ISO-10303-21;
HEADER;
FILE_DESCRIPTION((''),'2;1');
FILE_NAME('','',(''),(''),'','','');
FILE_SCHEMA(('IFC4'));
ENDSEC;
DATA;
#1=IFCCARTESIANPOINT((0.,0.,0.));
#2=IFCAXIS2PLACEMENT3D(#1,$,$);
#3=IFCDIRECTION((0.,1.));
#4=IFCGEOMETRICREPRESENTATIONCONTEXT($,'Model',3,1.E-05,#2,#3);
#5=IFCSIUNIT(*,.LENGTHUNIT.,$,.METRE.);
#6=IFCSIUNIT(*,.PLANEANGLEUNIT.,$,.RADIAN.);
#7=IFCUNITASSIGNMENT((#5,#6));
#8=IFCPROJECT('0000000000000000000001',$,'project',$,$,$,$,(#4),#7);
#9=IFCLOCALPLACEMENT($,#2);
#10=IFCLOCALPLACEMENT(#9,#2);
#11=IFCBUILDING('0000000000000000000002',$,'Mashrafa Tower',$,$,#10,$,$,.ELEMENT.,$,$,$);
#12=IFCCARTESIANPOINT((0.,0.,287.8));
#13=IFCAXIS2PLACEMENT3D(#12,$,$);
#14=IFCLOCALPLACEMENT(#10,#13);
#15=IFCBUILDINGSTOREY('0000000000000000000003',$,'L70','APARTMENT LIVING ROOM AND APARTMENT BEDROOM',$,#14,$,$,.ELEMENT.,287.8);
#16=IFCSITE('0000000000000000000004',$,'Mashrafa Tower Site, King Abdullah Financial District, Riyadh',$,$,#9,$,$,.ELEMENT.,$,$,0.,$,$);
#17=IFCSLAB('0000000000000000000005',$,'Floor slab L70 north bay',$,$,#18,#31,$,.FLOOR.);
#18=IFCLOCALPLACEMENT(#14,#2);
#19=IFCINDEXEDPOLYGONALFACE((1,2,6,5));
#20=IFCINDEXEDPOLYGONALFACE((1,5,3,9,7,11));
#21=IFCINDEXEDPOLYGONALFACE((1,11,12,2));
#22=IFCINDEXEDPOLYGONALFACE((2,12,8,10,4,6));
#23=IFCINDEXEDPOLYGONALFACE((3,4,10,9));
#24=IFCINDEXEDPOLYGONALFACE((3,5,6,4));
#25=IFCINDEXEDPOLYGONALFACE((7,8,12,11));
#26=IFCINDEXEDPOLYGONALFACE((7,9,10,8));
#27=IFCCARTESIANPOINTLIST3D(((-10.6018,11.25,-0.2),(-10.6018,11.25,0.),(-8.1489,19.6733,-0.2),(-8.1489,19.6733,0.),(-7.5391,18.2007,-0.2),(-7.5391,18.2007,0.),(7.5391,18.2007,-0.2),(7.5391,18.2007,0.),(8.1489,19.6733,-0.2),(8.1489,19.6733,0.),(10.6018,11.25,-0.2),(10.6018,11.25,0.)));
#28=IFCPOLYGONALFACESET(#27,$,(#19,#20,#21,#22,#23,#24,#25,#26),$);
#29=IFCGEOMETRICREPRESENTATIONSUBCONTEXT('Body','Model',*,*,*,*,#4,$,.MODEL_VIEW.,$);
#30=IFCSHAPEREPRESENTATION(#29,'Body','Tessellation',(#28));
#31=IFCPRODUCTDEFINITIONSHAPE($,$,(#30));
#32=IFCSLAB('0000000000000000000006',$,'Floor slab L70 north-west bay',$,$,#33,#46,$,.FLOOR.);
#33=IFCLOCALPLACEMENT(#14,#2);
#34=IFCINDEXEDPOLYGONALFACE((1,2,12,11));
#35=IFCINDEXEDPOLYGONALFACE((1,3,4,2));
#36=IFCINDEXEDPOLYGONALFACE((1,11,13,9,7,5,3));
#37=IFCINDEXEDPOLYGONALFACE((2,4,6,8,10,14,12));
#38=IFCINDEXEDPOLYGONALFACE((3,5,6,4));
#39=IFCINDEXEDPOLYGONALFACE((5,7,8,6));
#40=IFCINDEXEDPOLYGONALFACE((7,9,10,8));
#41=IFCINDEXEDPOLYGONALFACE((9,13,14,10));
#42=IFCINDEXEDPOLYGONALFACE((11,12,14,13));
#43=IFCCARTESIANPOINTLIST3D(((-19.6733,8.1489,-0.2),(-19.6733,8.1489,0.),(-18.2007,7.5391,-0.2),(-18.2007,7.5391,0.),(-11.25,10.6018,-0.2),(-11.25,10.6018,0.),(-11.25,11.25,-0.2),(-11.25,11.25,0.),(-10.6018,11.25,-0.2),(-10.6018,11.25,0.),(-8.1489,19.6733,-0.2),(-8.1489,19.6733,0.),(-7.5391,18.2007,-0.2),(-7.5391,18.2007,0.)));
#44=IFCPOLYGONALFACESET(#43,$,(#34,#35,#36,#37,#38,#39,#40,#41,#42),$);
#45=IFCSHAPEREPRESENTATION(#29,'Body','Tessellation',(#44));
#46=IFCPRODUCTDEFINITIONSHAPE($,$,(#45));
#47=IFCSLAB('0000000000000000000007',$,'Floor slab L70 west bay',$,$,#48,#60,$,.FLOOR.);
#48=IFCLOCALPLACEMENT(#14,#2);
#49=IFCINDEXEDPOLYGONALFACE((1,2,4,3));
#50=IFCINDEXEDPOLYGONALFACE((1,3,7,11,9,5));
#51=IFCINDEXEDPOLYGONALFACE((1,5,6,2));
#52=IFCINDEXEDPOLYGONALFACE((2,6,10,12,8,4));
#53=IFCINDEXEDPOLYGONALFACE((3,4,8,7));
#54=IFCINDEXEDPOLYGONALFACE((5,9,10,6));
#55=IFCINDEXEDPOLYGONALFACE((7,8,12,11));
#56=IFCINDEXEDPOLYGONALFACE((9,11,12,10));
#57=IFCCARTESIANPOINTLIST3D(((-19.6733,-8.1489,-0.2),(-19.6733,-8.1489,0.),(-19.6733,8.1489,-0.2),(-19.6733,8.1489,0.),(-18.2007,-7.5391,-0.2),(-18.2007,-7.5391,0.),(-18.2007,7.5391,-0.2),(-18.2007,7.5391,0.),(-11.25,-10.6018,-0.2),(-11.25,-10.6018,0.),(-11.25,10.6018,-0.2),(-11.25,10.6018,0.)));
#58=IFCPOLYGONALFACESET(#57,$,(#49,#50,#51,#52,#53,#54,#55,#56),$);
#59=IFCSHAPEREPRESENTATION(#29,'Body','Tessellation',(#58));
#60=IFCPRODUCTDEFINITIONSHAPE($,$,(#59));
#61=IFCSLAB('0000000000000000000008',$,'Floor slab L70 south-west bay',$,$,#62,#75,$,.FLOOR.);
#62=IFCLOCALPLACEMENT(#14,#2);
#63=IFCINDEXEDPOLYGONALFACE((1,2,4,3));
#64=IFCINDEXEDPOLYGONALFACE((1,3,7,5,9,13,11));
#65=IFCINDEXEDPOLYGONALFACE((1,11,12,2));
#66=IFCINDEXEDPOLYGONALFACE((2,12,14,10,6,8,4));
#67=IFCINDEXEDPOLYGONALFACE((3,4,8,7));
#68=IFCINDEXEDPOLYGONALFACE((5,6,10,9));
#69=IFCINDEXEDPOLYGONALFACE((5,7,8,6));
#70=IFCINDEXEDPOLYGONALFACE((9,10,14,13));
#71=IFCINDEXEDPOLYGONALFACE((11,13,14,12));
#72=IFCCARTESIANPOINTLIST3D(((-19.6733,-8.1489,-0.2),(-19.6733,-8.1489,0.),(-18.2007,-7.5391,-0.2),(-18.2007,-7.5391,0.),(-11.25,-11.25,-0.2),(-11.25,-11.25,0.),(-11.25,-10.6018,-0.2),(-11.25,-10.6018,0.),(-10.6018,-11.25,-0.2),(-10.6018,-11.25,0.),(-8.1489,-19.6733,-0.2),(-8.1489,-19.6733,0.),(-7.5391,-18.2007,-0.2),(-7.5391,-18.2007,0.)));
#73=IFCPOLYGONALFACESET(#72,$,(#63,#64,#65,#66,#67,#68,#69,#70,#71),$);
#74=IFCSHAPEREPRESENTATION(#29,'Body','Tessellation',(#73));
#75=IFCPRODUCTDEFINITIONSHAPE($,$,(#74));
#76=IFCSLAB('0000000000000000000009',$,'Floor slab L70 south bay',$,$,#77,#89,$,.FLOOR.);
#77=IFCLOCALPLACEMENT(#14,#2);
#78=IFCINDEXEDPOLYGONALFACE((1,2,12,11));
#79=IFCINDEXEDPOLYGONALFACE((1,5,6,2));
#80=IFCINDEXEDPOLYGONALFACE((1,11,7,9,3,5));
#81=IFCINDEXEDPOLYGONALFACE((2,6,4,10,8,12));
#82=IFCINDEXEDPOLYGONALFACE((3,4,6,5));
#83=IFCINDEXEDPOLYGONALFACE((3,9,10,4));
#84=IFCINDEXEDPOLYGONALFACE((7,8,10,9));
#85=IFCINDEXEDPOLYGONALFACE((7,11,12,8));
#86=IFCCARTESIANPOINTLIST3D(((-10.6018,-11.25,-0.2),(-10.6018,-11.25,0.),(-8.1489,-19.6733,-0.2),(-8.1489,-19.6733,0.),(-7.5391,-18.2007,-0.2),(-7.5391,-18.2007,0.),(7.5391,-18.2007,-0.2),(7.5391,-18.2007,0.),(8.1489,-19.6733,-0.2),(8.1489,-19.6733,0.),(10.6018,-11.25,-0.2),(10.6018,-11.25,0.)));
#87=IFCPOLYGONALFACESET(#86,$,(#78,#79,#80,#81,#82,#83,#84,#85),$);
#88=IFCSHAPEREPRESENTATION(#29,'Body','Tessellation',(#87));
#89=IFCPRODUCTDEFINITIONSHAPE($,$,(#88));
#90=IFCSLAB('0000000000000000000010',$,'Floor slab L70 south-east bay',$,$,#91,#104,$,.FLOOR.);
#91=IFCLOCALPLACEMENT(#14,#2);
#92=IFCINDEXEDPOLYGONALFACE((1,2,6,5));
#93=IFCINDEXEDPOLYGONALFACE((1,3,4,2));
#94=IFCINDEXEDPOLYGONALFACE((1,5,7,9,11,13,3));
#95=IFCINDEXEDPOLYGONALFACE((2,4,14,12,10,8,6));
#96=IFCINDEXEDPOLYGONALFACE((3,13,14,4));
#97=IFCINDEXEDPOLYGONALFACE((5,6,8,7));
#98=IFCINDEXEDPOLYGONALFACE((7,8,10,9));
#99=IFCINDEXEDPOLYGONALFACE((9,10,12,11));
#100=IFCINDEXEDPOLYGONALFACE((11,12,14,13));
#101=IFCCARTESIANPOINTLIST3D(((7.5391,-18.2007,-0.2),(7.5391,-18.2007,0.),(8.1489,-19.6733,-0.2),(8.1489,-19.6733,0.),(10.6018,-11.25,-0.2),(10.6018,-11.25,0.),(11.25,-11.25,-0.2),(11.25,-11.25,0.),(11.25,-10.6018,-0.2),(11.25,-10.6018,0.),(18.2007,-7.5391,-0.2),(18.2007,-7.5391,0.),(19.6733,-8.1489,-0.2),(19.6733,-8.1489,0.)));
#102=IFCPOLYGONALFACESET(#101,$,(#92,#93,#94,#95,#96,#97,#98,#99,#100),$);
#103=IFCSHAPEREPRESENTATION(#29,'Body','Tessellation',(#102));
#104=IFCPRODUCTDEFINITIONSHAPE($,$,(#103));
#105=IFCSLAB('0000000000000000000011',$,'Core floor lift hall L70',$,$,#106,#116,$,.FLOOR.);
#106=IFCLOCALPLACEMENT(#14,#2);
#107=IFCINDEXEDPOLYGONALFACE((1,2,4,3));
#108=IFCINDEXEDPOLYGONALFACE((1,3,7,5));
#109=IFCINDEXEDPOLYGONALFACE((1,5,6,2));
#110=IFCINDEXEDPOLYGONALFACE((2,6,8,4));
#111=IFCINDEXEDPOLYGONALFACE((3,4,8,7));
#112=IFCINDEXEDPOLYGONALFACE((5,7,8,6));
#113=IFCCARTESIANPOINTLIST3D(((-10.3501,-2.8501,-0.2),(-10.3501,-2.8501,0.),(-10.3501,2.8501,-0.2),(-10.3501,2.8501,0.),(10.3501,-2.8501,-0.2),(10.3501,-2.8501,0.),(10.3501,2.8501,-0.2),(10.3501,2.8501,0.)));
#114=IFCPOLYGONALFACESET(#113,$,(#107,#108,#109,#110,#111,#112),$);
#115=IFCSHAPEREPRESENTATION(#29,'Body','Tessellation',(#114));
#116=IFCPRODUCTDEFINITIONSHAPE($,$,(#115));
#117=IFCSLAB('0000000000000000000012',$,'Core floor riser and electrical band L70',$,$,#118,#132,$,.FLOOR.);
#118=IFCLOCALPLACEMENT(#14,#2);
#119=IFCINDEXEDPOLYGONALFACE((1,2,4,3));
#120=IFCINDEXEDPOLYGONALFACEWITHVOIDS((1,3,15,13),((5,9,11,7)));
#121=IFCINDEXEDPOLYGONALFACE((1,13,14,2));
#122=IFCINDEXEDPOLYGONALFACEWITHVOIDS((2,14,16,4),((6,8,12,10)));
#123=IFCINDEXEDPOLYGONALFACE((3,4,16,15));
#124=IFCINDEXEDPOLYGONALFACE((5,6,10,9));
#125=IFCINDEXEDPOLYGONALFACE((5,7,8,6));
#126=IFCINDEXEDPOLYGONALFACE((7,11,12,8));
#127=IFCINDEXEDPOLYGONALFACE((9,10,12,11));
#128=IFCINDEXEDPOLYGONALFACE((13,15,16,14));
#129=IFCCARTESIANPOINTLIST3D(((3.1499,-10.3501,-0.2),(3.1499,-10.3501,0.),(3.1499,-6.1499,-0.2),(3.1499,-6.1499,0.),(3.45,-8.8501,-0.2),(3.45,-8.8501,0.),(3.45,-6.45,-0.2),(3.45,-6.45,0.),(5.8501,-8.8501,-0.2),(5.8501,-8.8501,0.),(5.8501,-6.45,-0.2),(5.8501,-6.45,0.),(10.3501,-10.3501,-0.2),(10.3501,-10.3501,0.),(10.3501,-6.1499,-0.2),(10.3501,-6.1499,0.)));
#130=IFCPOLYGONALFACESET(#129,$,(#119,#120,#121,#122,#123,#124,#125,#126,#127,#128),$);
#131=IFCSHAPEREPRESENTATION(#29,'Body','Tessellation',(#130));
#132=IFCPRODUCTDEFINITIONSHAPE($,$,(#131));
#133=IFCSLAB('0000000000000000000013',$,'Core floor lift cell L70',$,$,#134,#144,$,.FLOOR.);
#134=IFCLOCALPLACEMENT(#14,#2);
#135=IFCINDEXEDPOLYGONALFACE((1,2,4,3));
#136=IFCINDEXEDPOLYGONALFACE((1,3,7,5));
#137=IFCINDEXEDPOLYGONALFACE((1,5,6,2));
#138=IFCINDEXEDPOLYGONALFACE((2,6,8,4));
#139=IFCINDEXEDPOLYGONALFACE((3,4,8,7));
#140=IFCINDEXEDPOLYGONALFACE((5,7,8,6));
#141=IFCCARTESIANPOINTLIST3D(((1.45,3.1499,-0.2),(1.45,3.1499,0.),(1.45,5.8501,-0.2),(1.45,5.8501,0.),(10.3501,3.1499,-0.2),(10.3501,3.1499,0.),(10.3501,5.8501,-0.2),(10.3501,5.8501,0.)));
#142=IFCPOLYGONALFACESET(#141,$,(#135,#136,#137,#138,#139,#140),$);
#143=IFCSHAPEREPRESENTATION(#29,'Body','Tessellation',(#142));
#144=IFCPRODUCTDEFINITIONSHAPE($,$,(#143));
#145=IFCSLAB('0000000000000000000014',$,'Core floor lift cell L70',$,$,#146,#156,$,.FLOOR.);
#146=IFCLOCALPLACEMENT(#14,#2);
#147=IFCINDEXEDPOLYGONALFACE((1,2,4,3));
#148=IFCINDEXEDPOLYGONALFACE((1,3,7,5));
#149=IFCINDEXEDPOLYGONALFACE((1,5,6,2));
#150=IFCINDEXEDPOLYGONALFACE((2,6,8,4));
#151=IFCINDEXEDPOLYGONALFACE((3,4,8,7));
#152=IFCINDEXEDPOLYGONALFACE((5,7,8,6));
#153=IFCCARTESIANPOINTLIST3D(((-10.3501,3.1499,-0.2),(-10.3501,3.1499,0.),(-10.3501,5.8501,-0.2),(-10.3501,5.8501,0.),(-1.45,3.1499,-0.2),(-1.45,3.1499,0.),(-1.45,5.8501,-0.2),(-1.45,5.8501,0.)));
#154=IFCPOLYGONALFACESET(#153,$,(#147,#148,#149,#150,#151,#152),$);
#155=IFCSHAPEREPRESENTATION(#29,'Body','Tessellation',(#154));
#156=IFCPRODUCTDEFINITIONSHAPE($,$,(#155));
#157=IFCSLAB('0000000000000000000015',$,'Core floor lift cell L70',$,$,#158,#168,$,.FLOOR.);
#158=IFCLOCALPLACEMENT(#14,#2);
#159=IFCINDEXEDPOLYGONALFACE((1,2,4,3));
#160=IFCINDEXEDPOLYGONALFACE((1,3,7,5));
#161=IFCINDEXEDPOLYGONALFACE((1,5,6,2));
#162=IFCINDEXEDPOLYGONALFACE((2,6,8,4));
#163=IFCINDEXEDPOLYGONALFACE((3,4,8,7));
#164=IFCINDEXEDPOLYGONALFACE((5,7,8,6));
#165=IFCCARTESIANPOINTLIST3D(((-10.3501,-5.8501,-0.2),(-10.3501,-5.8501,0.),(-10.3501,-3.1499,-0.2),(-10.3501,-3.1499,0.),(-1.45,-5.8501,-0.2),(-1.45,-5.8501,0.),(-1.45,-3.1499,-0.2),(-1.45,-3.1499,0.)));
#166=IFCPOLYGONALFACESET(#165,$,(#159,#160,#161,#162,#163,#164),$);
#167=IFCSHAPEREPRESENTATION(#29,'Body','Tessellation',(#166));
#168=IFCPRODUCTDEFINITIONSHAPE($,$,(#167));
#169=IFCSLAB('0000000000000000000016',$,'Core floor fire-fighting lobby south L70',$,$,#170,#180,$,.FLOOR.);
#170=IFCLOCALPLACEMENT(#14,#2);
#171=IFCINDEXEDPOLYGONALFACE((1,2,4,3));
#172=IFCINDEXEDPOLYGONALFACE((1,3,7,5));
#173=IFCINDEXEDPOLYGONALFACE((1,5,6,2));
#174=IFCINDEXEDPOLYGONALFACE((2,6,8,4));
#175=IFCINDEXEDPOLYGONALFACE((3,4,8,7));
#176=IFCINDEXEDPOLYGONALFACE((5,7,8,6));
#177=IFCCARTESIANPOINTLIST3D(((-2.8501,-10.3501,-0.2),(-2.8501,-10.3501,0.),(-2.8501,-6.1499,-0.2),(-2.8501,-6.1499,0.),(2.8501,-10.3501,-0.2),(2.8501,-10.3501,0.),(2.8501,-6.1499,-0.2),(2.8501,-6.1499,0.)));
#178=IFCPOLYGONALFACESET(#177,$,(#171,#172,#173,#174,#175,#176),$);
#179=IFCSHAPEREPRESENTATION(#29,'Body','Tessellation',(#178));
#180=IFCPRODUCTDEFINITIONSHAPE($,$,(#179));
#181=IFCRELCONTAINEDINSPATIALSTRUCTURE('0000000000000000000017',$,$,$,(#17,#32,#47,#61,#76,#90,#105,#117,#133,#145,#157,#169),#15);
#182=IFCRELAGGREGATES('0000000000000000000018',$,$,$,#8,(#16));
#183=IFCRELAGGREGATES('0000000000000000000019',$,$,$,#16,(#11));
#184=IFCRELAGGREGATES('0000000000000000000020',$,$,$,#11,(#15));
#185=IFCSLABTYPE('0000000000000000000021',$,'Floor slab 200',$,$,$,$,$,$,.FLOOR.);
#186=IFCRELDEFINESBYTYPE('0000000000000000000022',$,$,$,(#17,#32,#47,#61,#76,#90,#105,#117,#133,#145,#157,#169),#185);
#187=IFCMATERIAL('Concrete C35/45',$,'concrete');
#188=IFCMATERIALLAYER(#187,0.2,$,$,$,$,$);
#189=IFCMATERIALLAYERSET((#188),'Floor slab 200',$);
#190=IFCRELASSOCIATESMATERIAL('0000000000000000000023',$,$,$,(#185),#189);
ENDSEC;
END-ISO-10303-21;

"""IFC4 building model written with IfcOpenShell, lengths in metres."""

from ifc_helpers import new_model, si_unit, direction, frame, origin, place, context, subcontext, project, spatial, polyline, outline, extrude, material, layer, layer_set, type_object, element, save


model = new_model("IFC4")

# Units and contexts
model_context = context("Model", 3, precision=1e-05, world=origin(), true_north=direction((0.0, 1.0)))
body_context = subcontext(model_context, "Body", "Model", "MODEL_VIEW")
ifc_project = project(units=[si_unit("LENGTHUNIT", "METRE"), si_unit("PLANEANGLEUNIT", "RADIAN")], contexts=[model_context])

# Site, building, storey
site_placement = place(None, origin())
site = spatial("IfcSite", under=ifc_project, at=site_placement, Name="Mashrafa Tower Site, King Abdullah Financial District, Riyadh", CompositionType="ELEMENT", RefElevation=0.0)
building_placement = place(site_placement, origin())
building = spatial("IfcBuilding", under=site, at=building_placement, Name="Mashrafa Tower", CompositionType="ELEMENT")
storey_placement = place(building_placement, frame((0.0, 0.0, 287.8)))
storey = spatial("IfcBuildingStorey", under=building, at=storey_placement, Name="L70", Description="APARTMENT LIVING ROOM AND APARTMENT BEDROOM", CompositionType="ELEMENT", Elevation=287.8)

# Slabs
ifc_material_1 = material(Name="Concrete C35/45", Category="concrete")
ifc_layer_1 = layer(ifc_material_1, 0.2)
ifc_layer_set_1 = layer_set([ifc_layer_1], Name="Floor slab 200")
slab_type = type_object("IfcSlabType", Name="Floor slab 200", PredefinedType="FLOOR", material=ifc_layer_set_1)
slab_1_placement = place(storey_placement, frame((0.0, 0.0, -0.2)))
element("IfcSlab", 1, at=slab_1_placement, inside=storey, type_object=slab_type, Name="Floor slab L70 north bay", PredefinedType="FLOOR", context=body_context, shape_type="SweptSolid", body=[
    extrude(outline(polyline([(-8.1489, 19.6733), (8.1489, 19.6733), (8.1489, 19.6733), (7.5391, 18.2007), (10.6018, 11.25), (-10.6018, 11.25), (-7.5391, 18.2007), (-8.1489, 19.6733), (-8.1489, 19.6733)])), origin(), (0.0, 0.0, 1.0), 0.2),
])
slab_2_placement = place(storey_placement, frame((0.0, 0.0, -0.2)))
element("IfcSlab", 2, at=slab_2_placement, inside=storey, type_object=slab_type, Name="Floor slab L70 north-west bay", PredefinedType="FLOOR", context=body_context, shape_type="SweptSolid", body=[
    extrude(outline(polyline([(-8.1489, 19.6733), (-7.5391, 18.2007), (-10.6018, 11.25), (-11.25, 11.25), (-11.25, 10.6018), (-18.2007, 7.5391), (-19.6733, 8.1489), (-8.1489, 19.6733)])), origin(), (0.0, 0.0, 1.0), 0.2),
])
slab_3_placement = place(storey_placement, frame((0.0, 0.0, -0.2)))
element("IfcSlab", 3, at=slab_3_placement, inside=storey, type_object=slab_type, Name="Floor slab L70 west bay", PredefinedType="FLOOR", context=body_context, shape_type="SweptSolid", body=[
    extrude(outline(polyline([(-19.6733, -8.1489), (-19.6733, 8.1489), (-19.6733, 8.1489), (-18.2007, 7.5391), (-11.25, 10.6018), (-11.25, -10.6018), (-18.2007, -7.5391), (-19.6733, -8.1489), (-19.6733, -8.1489)])), origin(), (0.0, 0.0, 1.0), 0.2),
])
slab_4_placement = place(storey_placement, frame((0.0, 0.0, -0.2)))
element("IfcSlab", 4, at=slab_4_placement, inside=storey, type_object=slab_type, Name="Floor slab L70 south-west bay", PredefinedType="FLOOR", context=body_context, shape_type="SweptSolid", body=[
    extrude(outline(polyline([(-19.6733, -8.1489), (-18.2007, -7.5391), (-11.25, -10.6018), (-11.25, -11.25), (-10.6018, -11.25), (-7.5391, -18.2007), (-8.1489, -19.6733), (-19.6733, -8.1489)])), origin(), (0.0, 0.0, 1.0), 0.2),
])
slab_5_placement = place(storey_placement, frame((0.0, 0.0, -0.2)))
element("IfcSlab", 5, at=slab_5_placement, inside=storey, type_object=slab_type, Name="Floor slab L70 south bay", PredefinedType="FLOOR", context=body_context, shape_type="SweptSolid", body=[
    extrude(outline(polyline([(-8.1489, -19.6733), (-8.1489, -19.6733), (-7.5391, -18.2007), (-10.6018, -11.25), (10.6018, -11.25), (7.5391, -18.2007), (8.1489, -19.6733), (8.1489, -19.6733), (-8.1489, -19.6733)])), origin(), (0.0, 0.0, 1.0), 0.2),
])
slab_6_placement = place(storey_placement, frame((0.0, 0.0, -0.2)))
element("IfcSlab", 6, at=slab_6_placement, inside=storey, type_object=slab_type, Name="Floor slab L70 south-east bay", PredefinedType="FLOOR", context=body_context, shape_type="SweptSolid", body=[
    extrude(outline(polyline([(8.1489, -19.6733), (7.5391, -18.2007), (10.6018, -11.25), (11.25, -11.25), (11.25, -10.6018), (18.2007, -7.5391), (19.6733, -8.1489), (8.1489, -19.6733)])), origin(), (0.0, 0.0, 1.0), 0.2),
])
slab_7_placement = place(storey_placement, frame((0.0, 0.0, -0.2)))
element("IfcSlab", 7, at=slab_7_placement, inside=storey, type_object=slab_type, Name="Core floor lift hall L70", PredefinedType="FLOOR", context=body_context, shape_type="SweptSolid", body=[
    extrude(outline(polyline([(-10.3501, 2.8501), (10.3501, 2.8501), (10.3501, -2.8501), (-10.3501, -2.8501), (-10.3501, 2.8501)])), origin(), (0.0, 0.0, 1.0), 0.2),
])
slab_8_placement = place(storey_placement, frame((0.0, 0.0, -0.2)))
element("IfcSlab", 8, at=slab_8_placement, inside=storey, type_object=slab_type, Name="Core floor riser and electrical band L70", PredefinedType="FLOOR", context=body_context, shape_type="SweptSolid", body=[
    extrude(outline(polyline([(10.3501, -6.1499), (10.3501, -10.3501), (3.1499, -10.3501), (3.1499, -6.1499), (10.3501, -6.1499)]), holes=[polyline([(3.45, -8.8501), (5.8501, -8.8501), (5.8501, -6.45), (3.45, -6.45), (3.45, -8.8501)])]), origin(), (0.0, 0.0, 1.0), 0.2),
])
slab_9_placement = place(storey_placement, frame((0.0, 0.0, -0.2)))
element("IfcSlab", 9, at=slab_9_placement, inside=storey, type_object=slab_type, Name="Core floor lift cell L70", PredefinedType="FLOOR", context=body_context, shape_type="SweptSolid", body=[
    extrude(outline(polyline([(10.3501, 5.8501), (10.3501, 3.1499), (1.45, 3.1499), (1.45, 5.8501), (10.3501, 5.8501)])), origin(), (0.0, 0.0, 1.0), 0.2),
])
slab_10_placement = place(storey_placement, frame((0.0, 0.0, -0.2)))
element("IfcSlab", 10, at=slab_10_placement, inside=storey, type_object=slab_type, Name="Core floor lift cell L70", PredefinedType="FLOOR", context=body_context, shape_type="SweptSolid", body=[
    extrude(outline(polyline([(-1.45, 3.1499), (-10.3501, 3.1499), (-10.3501, 5.8501), (-1.45, 5.8501), (-1.45, 3.1499)])), origin(), (0.0, 0.0, 1.0), 0.2),
])
slab_11_placement = place(storey_placement, frame((0.0, 0.0, -0.2)))
element("IfcSlab", 11, at=slab_11_placement, inside=storey, type_object=slab_type, Name="Core floor lift cell L70", PredefinedType="FLOOR", context=body_context, shape_type="SweptSolid", body=[
    extrude(outline(polyline([(-1.45, -3.1499), (-1.45, -5.8501), (-10.3501, -5.8501), (-10.3501, -3.1499), (-1.45, -3.1499)])), origin(), (0.0, 0.0, 1.0), 0.2),
])
slab_12_placement = place(storey_placement, frame((0.0, 0.0, -0.2)))
element("IfcSlab", 12, at=slab_12_placement, inside=storey, type_object=slab_type, Name="Core floor fire-fighting lobby south L70", PredefinedType="FLOOR", context=body_context, shape_type="SweptSolid", body=[
    extrude(outline(polyline([(2.8501, -6.1499), (2.8501, -10.3501), (-2.8501, -10.3501), (-2.8501, -6.1499), (2.8501, -6.1499)])), origin(), (0.0, 0.0, 1.0), 0.2),
])

save(model, "model.ifc")
